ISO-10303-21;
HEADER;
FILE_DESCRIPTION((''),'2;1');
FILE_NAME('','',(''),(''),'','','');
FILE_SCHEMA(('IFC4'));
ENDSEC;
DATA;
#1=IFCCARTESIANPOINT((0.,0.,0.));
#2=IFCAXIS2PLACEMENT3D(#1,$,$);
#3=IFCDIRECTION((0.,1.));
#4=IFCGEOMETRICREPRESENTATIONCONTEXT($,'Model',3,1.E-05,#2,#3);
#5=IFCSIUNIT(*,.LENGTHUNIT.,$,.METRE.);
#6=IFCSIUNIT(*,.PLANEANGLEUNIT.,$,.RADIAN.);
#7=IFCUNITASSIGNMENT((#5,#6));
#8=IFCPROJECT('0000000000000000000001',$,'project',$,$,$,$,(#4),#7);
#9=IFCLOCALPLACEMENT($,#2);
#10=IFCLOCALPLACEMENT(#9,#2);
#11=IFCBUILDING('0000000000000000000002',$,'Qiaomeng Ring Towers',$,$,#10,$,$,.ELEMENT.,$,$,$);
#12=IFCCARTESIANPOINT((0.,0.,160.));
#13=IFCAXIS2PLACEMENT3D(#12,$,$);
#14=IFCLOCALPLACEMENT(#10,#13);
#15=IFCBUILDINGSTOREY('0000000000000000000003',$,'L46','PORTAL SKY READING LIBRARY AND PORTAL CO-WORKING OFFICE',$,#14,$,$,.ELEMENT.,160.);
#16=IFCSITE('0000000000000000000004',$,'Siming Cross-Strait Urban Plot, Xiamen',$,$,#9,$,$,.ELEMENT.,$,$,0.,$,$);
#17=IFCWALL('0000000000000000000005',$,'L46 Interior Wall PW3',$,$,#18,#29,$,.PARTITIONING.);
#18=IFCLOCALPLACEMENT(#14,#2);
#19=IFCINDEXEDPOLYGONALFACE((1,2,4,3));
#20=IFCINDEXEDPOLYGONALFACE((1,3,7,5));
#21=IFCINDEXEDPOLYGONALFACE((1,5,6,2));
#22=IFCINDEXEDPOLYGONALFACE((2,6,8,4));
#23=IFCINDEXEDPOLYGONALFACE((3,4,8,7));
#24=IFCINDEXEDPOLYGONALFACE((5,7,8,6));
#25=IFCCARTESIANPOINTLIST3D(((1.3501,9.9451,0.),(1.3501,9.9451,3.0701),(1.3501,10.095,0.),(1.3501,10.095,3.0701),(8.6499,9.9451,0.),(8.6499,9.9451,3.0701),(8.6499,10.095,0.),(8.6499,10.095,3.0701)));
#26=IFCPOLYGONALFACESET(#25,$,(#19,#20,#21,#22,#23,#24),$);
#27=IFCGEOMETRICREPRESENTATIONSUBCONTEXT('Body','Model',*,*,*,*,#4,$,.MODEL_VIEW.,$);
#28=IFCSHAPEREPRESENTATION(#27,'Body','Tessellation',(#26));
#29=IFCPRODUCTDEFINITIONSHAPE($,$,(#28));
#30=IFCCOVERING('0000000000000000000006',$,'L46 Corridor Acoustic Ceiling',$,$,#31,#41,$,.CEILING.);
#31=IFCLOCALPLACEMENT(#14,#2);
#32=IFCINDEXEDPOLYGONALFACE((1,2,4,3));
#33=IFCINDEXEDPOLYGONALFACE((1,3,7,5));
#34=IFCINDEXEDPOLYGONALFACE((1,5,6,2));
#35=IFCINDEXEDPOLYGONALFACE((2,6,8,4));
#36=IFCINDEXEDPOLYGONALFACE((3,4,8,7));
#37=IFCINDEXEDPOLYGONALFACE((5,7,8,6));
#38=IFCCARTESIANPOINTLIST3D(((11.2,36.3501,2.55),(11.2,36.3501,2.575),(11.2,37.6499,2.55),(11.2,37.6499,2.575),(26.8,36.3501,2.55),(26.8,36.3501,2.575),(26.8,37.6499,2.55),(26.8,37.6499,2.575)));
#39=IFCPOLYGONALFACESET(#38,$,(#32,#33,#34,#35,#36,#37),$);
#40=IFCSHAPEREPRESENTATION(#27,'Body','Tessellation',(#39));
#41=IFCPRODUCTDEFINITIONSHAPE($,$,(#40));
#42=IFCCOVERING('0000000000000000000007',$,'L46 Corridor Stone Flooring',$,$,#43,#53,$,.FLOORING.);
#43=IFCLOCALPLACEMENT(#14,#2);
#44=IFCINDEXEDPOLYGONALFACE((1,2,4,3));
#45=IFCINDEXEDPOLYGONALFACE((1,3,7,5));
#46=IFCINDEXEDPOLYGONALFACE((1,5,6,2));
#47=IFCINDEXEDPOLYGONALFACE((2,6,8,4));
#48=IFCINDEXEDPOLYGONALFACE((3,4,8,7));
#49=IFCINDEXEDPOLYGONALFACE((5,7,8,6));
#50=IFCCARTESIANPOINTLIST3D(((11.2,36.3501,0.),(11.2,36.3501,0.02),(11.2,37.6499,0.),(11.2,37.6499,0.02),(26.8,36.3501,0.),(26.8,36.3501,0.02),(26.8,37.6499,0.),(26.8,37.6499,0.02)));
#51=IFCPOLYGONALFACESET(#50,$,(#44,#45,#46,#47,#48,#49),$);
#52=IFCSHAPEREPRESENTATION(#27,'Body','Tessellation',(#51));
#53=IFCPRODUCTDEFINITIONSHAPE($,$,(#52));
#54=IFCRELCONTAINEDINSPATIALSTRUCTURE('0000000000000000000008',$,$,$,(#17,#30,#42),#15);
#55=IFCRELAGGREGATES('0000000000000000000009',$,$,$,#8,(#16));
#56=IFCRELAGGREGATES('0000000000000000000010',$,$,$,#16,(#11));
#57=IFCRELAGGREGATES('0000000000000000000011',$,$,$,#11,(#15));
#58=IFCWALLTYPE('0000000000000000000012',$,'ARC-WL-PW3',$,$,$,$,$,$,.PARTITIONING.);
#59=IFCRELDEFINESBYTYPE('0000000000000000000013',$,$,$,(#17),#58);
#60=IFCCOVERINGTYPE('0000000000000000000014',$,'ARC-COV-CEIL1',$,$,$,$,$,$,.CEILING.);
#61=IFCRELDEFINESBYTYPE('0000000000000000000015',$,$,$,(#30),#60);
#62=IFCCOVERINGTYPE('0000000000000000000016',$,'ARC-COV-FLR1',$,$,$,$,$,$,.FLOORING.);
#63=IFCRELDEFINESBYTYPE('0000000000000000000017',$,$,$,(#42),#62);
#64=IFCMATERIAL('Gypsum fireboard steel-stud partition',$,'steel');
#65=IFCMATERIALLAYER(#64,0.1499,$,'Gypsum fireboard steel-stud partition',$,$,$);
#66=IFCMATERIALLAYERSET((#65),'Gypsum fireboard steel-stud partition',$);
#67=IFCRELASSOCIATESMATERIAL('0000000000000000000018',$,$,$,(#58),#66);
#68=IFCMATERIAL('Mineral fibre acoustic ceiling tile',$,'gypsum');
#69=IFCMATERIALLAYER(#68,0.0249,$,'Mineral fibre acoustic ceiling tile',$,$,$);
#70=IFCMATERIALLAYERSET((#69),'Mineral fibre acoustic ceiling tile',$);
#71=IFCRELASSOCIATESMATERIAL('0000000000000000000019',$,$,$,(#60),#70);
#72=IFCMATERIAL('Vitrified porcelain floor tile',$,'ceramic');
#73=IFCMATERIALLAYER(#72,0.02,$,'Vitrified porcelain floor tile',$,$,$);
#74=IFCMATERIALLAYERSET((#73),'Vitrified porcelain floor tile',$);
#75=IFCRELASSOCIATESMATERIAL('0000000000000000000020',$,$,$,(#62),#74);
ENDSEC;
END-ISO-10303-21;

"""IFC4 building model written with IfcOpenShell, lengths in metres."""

from ifc_helpers import new_model, si_unit, direction, frame, frame_2d, origin, place, context, subcontext, project, spatial, polyline, rectangle, outline, extrude, material, layer, layer_set, type_object, element, save


model = new_model("IFC4")

# Units and contexts
model_context = context("Model", 3, precision=1e-05, world=origin(), true_north=direction((0.0, 1.0)))
body_context = subcontext(model_context, "Body", "Model", "MODEL_VIEW")
ifc_project = project(units=[si_unit("LENGTHUNIT", "METRE"), si_unit("PLANEANGLEUNIT", "RADIAN")], contexts=[model_context])

# Site, building, storey
site_placement = place(None, origin())
site = spatial("IfcSite", under=ifc_project, at=site_placement, Name="Siming Cross-Strait Urban Plot, Xiamen", CompositionType="ELEMENT", RefElevation=0.0)
building_placement = place(site_placement, origin())
building = spatial("IfcBuilding", under=site, at=building_placement, Name="Qiaomeng Ring Towers", CompositionType="ELEMENT")
storey_placement = place(building_placement, frame((0.0, 0.0, 160.0)))
storey = spatial("IfcBuildingStorey", under=building, at=storey_placement, Name="L46", Description="PORTAL SKY READING LIBRARY AND PORTAL CO-WORKING OFFICE", CompositionType="ELEMENT", Elevation=160.0)

# Wall
ifc_material_1 = material(Name="Gypsum fireboard steel-stud partition", Category="steel")
ifc_layer_1 = layer(ifc_material_1, 0.1499, Name="Gypsum fireboard steel-stud partition")
ifc_layer_set_1 = layer_set([ifc_layer_1], Name="Gypsum fireboard steel-stud partition")
wall_type = type_object("IfcWallType", Name="ARC-WL-PW3", PredefinedType="PARTITIONING", material=ifc_layer_set_1)
wall_placement = place(storey_placement, frame((1.3501, 10.02, 0.0), z_axis=(0.0, 0.0, 1.0), x_axis=(1.0, 0.0, 0.0)))
element("IfcWall", 1, at=wall_placement, inside=storey, type_object=wall_type, Name="L46 Interior Wall PW3", PredefinedType="PARTITIONING", context=body_context, shape_type="SweptSolid", body=[
    extrude(rectangle(XDim=7.2998, YDim=0.1499, at=frame_2d((3.6499, 0.0))), origin(), (0.0, 0.0, 1.0), 3.0701),
])

# Coverings
ifc_material_2 = material(Name="Mineral fibre acoustic ceiling tile", Category="gypsum")
ifc_layer_2 = layer(ifc_material_2, 0.0249, Name="Mineral fibre acoustic ceiling tile")
ifc_layer_set_2 = layer_set([ifc_layer_2], Name="Mineral fibre acoustic ceiling tile")
covering_type_1 = type_object("IfcCoveringType", Name="ARC-COV-CEIL1", PredefinedType="CEILING", material=ifc_layer_set_2)
covering_1_placement = place(storey_placement, frame((0.0, 0.0, 2.55)))
element("IfcCovering", 2, at=covering_1_placement, inside=storey, type_object=covering_type_1, Name="L46 Corridor Acoustic Ceiling", PredefinedType="CEILING", context=body_context, shape_type="SweptSolid", body=[
    extrude(outline(polyline([(11.2, 36.3501), (11.2, 37.6499), (26.8, 37.6499), (26.8, 36.3501), (11.2, 36.3501)])), origin(), (0.0, 0.0, 1.0), 0.0249),
])
ifc_material_3 = material(Name="Vitrified porcelain floor tile", Category="ceramic")
ifc_layer_3 = layer(ifc_material_3, 0.02, Name="Vitrified porcelain floor tile")
ifc_layer_set_3 = layer_set([ifc_layer_3], Name="Vitrified porcelain floor tile")
covering_type_2 = type_object("IfcCoveringType", Name="ARC-COV-FLR1", PredefinedType="FLOORING", material=ifc_layer_set_3)
covering_2_placement = place(storey_placement, origin())
element("IfcCovering", 3, at=covering_2_placement, inside=storey, type_object=covering_type_2, Name="L46 Corridor Stone Flooring", PredefinedType="FLOORING", context=body_context, shape_type="SweptSolid", body=[
    extrude(outline(polyline([(11.2, 36.3501), (11.2, 37.6499), (26.8, 37.6499), (26.8, 36.3501), (11.2, 36.3501)])), origin(), (0.0, 0.0, 1.0), 0.02),
])

save(model, "model.ifc")
